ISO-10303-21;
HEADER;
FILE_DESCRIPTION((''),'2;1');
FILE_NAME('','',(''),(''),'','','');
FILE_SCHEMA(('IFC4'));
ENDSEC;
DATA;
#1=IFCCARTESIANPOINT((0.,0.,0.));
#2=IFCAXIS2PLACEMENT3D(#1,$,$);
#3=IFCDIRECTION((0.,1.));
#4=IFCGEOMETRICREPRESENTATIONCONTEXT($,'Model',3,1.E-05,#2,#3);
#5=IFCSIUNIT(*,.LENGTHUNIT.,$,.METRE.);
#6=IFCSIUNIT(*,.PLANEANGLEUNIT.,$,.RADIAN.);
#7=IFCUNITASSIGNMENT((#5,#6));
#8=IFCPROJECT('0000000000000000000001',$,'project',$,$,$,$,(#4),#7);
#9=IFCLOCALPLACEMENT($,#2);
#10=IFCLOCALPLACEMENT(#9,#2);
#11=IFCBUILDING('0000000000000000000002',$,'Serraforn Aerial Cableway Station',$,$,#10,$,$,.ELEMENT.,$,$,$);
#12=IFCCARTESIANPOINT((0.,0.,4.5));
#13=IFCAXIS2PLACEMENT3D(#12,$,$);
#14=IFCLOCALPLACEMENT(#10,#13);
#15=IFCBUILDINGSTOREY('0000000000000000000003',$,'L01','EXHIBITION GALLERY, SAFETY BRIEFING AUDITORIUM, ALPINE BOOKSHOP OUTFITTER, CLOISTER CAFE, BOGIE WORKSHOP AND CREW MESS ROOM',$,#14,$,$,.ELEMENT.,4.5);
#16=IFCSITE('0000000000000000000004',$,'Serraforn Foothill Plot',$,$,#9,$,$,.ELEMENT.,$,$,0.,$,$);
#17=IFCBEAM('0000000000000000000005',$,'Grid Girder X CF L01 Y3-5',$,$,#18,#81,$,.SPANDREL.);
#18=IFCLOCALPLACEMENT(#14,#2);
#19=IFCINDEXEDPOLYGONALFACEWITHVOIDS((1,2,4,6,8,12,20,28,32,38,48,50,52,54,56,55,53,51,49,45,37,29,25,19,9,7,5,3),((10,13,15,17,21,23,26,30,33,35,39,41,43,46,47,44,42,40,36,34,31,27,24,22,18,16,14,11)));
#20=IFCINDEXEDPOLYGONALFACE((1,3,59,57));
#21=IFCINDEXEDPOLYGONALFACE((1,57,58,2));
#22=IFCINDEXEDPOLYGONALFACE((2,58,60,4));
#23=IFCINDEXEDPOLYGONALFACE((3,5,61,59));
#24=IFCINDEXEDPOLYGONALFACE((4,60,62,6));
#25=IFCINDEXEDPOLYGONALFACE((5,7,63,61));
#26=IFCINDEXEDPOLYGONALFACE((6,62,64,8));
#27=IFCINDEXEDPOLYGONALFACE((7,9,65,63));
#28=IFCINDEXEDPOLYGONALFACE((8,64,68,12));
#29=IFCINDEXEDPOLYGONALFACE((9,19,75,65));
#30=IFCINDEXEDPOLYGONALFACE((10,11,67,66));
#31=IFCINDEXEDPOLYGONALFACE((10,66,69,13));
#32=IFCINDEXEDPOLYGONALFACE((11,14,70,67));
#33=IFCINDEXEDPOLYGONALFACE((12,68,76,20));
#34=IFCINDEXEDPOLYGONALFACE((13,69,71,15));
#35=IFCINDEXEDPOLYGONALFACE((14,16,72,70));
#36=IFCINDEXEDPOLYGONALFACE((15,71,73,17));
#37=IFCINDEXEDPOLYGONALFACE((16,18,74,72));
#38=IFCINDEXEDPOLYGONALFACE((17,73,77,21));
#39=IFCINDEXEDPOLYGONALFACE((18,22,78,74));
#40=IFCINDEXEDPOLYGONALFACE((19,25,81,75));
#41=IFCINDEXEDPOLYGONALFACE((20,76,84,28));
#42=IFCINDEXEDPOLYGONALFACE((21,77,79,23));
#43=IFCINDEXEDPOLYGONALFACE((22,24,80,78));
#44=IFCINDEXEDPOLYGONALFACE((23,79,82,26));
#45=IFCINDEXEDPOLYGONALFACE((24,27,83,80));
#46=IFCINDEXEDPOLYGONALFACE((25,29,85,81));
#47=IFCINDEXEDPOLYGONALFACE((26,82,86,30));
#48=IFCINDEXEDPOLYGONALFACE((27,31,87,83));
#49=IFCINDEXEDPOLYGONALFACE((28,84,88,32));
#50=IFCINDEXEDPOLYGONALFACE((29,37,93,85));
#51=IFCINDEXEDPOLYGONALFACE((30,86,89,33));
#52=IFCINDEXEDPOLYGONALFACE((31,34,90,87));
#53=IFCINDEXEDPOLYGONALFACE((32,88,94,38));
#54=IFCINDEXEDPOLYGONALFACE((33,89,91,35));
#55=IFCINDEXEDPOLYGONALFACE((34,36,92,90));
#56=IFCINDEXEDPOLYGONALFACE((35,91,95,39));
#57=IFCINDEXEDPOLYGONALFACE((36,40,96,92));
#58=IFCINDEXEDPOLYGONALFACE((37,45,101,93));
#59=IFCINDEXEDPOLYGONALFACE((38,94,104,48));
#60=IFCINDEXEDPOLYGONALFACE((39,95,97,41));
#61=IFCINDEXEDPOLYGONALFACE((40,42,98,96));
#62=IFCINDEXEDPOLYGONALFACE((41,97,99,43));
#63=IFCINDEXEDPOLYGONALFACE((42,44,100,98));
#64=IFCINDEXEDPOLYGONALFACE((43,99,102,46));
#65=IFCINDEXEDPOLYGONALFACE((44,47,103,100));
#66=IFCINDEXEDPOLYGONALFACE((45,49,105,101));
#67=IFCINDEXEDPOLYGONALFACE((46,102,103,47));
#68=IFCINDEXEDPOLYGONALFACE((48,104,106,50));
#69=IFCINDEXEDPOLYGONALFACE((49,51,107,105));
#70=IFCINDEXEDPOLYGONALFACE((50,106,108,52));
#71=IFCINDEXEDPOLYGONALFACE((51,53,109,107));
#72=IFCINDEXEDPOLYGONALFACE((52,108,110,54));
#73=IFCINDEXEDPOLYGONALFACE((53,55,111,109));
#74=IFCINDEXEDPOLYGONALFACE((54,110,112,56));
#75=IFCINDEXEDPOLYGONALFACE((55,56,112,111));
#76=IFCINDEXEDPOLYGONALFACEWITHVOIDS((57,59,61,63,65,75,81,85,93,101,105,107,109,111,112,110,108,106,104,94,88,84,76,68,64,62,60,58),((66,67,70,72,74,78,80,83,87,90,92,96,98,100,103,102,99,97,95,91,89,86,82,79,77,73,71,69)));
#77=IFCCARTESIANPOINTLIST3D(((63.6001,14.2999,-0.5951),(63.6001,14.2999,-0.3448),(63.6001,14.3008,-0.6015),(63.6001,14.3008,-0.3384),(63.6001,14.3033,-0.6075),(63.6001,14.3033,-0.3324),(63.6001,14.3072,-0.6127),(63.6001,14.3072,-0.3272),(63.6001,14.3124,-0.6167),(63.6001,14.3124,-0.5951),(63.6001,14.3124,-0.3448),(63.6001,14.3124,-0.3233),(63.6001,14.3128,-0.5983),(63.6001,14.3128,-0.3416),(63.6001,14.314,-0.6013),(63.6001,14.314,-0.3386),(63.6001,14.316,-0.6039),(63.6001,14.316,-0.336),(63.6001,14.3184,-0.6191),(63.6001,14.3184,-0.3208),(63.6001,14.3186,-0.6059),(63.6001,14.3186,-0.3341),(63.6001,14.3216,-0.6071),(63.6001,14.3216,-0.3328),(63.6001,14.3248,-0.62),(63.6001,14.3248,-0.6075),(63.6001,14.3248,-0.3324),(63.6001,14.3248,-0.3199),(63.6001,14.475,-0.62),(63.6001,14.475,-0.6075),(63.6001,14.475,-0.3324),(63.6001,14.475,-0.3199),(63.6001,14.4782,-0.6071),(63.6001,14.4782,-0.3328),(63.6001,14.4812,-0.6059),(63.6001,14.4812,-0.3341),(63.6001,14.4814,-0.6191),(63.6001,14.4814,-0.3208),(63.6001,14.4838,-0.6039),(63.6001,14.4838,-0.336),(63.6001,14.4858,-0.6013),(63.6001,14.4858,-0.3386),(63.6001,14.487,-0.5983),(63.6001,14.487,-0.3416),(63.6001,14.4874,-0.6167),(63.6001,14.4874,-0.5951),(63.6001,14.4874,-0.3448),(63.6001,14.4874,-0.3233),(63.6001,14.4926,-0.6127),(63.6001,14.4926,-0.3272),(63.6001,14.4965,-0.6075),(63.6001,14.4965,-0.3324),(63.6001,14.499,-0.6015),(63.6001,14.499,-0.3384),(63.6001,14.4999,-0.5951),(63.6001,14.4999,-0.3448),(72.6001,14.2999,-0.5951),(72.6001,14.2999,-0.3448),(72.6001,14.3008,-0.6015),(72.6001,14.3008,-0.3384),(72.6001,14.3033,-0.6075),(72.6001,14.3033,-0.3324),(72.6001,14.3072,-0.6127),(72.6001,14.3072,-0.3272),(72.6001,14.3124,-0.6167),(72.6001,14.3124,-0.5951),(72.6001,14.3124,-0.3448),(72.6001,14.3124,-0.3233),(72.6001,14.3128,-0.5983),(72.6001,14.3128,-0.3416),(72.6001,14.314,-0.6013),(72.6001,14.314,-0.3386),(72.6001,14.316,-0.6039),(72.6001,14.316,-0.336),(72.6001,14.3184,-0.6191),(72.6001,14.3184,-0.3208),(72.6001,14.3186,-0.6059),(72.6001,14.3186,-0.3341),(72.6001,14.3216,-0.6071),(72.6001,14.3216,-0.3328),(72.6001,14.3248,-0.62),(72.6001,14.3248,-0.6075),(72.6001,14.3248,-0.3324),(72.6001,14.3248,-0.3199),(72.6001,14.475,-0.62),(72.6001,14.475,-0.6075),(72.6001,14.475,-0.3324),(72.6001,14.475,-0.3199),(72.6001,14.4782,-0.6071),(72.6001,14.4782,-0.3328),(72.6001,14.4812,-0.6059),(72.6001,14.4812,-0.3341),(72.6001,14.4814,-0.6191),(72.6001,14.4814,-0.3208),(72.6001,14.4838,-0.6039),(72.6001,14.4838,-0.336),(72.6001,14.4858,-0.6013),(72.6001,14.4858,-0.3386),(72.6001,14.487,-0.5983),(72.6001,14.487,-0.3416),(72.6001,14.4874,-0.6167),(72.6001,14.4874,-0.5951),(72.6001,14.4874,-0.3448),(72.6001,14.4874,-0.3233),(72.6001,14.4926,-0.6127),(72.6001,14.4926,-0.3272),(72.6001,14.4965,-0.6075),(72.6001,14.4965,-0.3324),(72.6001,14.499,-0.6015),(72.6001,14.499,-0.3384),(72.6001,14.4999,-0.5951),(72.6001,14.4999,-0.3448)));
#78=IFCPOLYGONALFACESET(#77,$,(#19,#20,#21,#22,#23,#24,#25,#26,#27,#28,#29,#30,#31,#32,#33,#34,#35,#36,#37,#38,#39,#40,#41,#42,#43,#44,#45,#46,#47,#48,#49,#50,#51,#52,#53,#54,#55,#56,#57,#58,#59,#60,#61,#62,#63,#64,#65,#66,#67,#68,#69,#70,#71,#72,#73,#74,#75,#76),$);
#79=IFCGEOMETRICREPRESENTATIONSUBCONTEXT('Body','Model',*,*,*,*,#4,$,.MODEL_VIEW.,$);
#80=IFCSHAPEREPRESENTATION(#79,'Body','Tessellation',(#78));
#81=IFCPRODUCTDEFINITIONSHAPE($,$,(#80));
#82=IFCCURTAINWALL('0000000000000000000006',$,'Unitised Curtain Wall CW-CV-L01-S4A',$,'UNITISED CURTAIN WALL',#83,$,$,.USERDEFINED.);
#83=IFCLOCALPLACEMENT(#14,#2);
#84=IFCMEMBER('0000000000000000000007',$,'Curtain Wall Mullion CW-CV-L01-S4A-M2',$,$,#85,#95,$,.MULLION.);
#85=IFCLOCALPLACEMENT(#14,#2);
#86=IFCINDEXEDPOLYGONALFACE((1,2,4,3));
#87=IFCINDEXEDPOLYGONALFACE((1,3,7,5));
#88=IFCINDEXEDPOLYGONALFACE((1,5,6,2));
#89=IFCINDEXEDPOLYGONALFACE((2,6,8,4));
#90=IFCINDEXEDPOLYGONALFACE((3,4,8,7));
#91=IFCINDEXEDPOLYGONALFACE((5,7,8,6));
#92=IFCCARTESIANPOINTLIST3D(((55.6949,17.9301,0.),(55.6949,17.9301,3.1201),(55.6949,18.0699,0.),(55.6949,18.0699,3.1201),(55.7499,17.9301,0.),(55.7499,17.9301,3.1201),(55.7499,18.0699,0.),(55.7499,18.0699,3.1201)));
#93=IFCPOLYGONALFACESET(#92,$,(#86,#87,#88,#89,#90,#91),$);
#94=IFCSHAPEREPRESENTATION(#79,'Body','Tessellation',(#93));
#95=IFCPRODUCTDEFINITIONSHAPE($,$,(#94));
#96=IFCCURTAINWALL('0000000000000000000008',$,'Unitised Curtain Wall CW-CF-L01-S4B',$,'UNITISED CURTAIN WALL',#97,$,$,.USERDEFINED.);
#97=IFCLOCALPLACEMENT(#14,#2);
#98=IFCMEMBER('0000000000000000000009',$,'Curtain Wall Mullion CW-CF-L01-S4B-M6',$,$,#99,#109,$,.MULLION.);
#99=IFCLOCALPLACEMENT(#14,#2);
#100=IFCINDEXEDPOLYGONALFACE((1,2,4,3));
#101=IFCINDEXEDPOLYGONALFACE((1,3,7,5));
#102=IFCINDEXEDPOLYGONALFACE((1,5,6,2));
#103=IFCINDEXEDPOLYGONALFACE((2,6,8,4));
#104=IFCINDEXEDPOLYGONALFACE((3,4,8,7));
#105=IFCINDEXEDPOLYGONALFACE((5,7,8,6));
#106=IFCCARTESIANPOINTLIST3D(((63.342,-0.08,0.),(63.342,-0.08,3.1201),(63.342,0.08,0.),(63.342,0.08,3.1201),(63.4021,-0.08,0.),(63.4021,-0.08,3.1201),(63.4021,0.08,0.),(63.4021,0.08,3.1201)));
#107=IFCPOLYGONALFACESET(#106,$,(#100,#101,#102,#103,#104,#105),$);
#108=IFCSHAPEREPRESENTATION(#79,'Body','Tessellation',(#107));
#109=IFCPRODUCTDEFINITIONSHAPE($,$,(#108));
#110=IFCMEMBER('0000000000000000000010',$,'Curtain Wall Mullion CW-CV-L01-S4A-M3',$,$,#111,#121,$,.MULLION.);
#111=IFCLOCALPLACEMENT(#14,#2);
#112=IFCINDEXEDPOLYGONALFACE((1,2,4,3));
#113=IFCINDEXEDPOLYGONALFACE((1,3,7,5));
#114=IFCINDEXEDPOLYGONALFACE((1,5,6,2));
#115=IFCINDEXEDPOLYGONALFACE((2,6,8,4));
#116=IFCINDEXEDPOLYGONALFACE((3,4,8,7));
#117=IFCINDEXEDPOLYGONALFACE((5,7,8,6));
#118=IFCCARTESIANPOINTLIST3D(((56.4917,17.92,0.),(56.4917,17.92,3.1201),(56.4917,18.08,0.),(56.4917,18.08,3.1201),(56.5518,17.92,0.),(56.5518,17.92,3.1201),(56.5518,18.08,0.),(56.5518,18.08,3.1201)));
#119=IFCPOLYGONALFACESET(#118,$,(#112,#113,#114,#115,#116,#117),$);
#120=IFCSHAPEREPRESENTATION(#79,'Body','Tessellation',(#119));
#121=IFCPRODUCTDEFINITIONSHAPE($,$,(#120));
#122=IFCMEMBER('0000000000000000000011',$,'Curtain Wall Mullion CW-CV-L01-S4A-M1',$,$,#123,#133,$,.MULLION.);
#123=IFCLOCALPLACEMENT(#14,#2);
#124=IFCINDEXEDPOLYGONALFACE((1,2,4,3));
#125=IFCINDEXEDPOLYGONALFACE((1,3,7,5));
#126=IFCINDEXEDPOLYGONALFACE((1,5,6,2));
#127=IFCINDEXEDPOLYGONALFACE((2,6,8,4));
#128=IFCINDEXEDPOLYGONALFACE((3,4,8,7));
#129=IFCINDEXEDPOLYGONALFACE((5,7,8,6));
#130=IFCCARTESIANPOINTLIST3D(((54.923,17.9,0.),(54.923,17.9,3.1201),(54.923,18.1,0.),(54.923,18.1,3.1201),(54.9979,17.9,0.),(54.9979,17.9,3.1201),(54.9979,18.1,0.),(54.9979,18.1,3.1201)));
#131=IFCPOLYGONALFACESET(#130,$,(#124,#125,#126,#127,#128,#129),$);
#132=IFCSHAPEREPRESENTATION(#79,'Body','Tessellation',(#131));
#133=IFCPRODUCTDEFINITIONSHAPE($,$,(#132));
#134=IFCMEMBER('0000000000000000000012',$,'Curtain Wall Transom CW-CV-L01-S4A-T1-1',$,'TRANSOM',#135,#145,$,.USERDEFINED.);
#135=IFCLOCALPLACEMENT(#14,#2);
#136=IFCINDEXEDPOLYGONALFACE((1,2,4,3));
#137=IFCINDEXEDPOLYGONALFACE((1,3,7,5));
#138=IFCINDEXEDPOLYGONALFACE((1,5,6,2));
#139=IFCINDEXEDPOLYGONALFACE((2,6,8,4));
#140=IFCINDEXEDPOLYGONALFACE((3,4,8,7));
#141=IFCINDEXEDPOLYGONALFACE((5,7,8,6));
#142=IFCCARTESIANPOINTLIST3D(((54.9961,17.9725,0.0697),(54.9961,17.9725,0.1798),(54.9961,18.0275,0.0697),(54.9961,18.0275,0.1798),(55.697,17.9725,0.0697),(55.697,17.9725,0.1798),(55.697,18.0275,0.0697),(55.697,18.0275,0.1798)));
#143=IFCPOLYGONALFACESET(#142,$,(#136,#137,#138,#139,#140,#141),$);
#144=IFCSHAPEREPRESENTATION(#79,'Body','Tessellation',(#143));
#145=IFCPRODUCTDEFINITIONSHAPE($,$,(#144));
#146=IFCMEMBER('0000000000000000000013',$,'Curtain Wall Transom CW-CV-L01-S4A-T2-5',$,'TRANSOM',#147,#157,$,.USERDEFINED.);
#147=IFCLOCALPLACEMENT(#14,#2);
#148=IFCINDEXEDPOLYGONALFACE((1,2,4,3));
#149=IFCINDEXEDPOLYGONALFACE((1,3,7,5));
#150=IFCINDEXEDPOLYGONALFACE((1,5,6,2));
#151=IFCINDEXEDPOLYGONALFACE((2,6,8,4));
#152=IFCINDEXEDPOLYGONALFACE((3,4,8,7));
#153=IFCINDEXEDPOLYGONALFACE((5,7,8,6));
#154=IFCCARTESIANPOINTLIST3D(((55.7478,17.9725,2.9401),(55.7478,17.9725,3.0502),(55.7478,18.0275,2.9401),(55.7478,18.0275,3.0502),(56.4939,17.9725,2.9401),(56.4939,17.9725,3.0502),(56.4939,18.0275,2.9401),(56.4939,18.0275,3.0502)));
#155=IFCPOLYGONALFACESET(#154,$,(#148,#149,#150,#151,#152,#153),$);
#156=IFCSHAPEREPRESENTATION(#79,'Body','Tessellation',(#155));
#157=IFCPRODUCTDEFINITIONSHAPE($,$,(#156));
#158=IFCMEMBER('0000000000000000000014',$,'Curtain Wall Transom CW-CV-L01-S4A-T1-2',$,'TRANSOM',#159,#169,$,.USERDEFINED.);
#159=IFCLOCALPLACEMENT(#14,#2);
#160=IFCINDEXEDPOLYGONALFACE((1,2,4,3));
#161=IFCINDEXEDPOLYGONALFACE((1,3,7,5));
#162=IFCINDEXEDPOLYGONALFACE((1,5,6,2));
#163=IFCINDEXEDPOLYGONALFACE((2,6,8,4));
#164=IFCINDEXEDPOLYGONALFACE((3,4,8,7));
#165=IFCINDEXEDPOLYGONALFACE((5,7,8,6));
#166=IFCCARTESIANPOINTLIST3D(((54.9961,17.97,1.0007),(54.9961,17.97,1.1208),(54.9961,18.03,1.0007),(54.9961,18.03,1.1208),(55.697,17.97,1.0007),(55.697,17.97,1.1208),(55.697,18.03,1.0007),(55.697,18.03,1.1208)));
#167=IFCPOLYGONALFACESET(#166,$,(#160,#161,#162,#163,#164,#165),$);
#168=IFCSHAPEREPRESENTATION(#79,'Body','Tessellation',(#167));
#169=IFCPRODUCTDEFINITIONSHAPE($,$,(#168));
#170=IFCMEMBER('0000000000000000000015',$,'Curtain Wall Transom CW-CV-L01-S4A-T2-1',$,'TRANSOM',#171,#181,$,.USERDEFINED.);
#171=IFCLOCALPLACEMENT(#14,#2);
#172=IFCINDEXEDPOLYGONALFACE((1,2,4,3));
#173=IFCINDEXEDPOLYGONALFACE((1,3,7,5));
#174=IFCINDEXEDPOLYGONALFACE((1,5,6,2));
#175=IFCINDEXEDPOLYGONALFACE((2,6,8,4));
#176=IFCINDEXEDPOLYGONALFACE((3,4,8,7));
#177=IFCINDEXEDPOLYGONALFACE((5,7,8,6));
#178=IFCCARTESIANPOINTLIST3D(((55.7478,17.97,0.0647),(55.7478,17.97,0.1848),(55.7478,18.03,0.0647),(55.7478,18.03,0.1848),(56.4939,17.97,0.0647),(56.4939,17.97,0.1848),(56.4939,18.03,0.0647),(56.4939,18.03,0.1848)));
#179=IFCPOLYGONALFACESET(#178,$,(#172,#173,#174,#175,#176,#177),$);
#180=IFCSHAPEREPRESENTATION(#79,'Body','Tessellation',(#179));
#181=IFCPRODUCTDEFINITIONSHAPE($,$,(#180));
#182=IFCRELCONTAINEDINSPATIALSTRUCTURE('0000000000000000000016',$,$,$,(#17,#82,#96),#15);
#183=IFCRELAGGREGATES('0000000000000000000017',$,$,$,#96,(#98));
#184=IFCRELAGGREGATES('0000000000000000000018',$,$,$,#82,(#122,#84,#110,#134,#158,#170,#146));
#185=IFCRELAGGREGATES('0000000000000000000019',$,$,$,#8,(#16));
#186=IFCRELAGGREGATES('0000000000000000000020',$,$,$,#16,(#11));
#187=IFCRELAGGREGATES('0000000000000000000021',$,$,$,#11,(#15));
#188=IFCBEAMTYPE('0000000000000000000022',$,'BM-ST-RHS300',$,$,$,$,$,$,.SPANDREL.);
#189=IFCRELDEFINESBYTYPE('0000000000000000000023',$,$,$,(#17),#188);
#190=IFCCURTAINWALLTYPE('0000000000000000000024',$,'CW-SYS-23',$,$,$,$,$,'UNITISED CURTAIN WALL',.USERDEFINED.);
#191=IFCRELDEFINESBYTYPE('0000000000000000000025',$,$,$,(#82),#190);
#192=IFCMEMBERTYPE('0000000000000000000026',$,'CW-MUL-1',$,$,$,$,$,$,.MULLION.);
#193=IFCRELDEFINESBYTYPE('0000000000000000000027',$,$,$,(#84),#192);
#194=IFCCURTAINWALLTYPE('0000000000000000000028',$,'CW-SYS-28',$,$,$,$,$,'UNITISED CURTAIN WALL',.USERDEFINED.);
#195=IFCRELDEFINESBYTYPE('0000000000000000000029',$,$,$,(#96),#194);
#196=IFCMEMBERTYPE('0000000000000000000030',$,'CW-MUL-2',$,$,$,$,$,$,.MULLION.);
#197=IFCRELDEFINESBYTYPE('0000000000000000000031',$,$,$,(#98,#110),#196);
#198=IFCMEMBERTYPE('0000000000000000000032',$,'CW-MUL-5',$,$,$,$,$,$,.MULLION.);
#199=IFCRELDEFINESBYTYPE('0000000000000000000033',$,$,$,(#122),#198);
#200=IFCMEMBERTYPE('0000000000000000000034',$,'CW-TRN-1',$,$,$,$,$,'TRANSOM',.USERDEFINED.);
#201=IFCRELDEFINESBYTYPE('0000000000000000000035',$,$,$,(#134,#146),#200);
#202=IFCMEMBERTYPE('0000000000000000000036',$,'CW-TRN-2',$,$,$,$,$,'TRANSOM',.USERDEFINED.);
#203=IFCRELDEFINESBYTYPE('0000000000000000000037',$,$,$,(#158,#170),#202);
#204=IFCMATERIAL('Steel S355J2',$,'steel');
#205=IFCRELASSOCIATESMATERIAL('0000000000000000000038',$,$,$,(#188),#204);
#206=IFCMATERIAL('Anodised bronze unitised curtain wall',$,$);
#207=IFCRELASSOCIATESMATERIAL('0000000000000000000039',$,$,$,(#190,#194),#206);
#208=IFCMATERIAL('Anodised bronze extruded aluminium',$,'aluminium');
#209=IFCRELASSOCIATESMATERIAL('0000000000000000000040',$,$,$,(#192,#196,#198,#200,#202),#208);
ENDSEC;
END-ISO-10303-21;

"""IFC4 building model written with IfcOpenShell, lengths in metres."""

from ifc_helpers import new_model, si_unit, direction, frame, origin, origin_2d, place, context, subcontext, project, spatial, rectangle, hollow_rectangle, extrude, material, material_profile, profile_set, type_object, element, aggregate, save


model = new_model("IFC4")

# Units and contexts
model_context = context("Model", 3, precision=1e-05, world=origin(), true_north=direction((0.0, 1.0)))
body_context = subcontext(model_context, "Body", "Model", "MODEL_VIEW")
ifc_project = project(units=[si_unit("LENGTHUNIT", "METRE"), si_unit("PLANEANGLEUNIT", "RADIAN")], contexts=[model_context])

# Site, building, storey
site_placement = place(None, origin())
site = spatial("IfcSite", under=ifc_project, at=site_placement, Name="Serraforn Foothill Plot", CompositionType="ELEMENT", RefElevation=0.0)
building_placement = place(site_placement, origin())
building = spatial("IfcBuilding", under=site, at=building_placement, Name="Serraforn Aerial Cableway Station", CompositionType="ELEMENT")
storey_placement = place(building_placement, frame((0.0, 0.0, 4.5)))
storey = spatial("IfcBuildingStorey", under=building, at=storey_placement, Name="L01", Description="EXHIBITION GALLERY, SAFETY BRIEFING AUDITORIUM, ALPINE BOOKSHOP OUTFITTER, CLOISTER CAFE, BOGIE WORKSHOP AND CREW MESS ROOM", CompositionType="ELEMENT", Elevation=4.5)

# Shared definitions
ifc_material_1 = material(Name="Steel S355J2", Category="steel")

# Beam
ifc_material_profile_1 = material_profile(ifc_material_1, hollow_rectangle(XDim=0.2, YDim=0.3, WallThickness=0.0125, InnerFilletRadius=0.0125, OuterFilletRadius=0.0249, at=origin_2d()), Name="RHS 300x200x12.5")
ifc_profile_set_1 = profile_set([ifc_material_profile_1], Name="Steel S355J2")
beam_type_1 = type_object("IfcBeamType", Name="BM-ST-RHS300", PredefinedType="SPANDREL", material=ifc_profile_set_1)
beam_1_placement = place(storey_placement, frame((63.6001, 14.3999, -0.47), z_axis=(1.0, 0.0, 0.0), x_axis=(0.0, 1.0, 0.0)))
element("IfcBeam", 1, at=beam_1_placement, inside=storey, type_object=beam_type_1, Name="Grid Girder X CF L01 Y3-5", PredefinedType="SPANDREL", context=body_context, shape_type="SweptSolid", body=[
    extrude(hollow_rectangle(XDim=0.2, YDim=0.3, WallThickness=0.0125, InnerFilletRadius=0.0125, OuterFilletRadius=0.0249, at=origin_2d()), origin(), (0.0, 0.0, 1.0), 9.0),
])

# Curtain walls, members
ifc_material_2 = material(Name="Anodised bronze unitised curtain wall")
curtain_wall_type_1 = type_object("IfcCurtainWallType", Name="CW-SYS-23", ElementType="UNITISED CURTAIN WALL", PredefinedType="USERDEFINED", material=ifc_material_2)
curtain_wall_1_placement = place(storey_placement, origin())
curtain_wall_1 = element("IfcCurtainWall", 2, at=curtain_wall_1_placement, inside=storey, type_object=curtain_wall_type_1, Name="Unitised Curtain Wall CW-CV-L01-S4A", ObjectType="UNITISED CURTAIN WALL", PredefinedType="USERDEFINED")
ifc_material_3 = material(Name="Anodised bronze extruded aluminium", Category="aluminium")
ifc_material_profile_2 = material_profile(ifc_material_3, rectangle(XDim=0.0549, YDim=0.1399, at=origin_2d()), Name="CW MULLION 55x140")
ifc_profile_set_2 = profile_set([ifc_material_profile_2], Name="Anodised bronze extruded aluminium")
member_type_1 = type_object("IfcMemberType", Name="CW-MUL-1", PredefinedType="MULLION", material=ifc_profile_set_2)
member_1_placement = place(storey_placement, frame((55.7224, 18.0, 0.0), z_axis=(0.0, 0.0, 1.0), x_axis=(1.0, 0.0, 0.0)))
member_1 = element("IfcMember", 3, at=member_1_placement, type_object=member_type_1, Name="Curtain Wall Mullion CW-CV-L01-S4A-M2", PredefinedType="MULLION", context=body_context, shape_type="SweptSolid", body=[
    extrude(rectangle(XDim=0.0549, YDim=0.1399, at=origin_2d()), origin(), (0.0, 0.0, 1.0), 3.1201),
])
curtain_wall_type_2 = type_object("IfcCurtainWallType", Name="CW-SYS-28", ElementType="UNITISED CURTAIN WALL", PredefinedType="USERDEFINED", material=ifc_material_2)
curtain_wall_2_placement = place(storey_placement, origin())
curtain_wall_2 = element("IfcCurtainWall", 4, at=curtain_wall_2_placement, inside=storey, type_object=curtain_wall_type_2, Name="Unitised Curtain Wall CW-CF-L01-S4B", ObjectType="UNITISED CURTAIN WALL", PredefinedType="USERDEFINED")
ifc_material_profile_3 = material_profile(ifc_material_3, rectangle(XDim=0.0601, YDim=0.1599, at=origin_2d()), Name="CW MULLION 60x160")
ifc_profile_set_3 = profile_set([ifc_material_profile_3], Name="Anodised bronze extruded aluminium")
member_type_2 = type_object("IfcMemberType", Name="CW-MUL-2", PredefinedType="MULLION", material=ifc_profile_set_3)
member_2_placement = place(storey_placement, frame((63.3721, 0.0, 0.0), z_axis=(0.0, 0.0, 1.0), x_axis=(1.0, 0.0, 0.0)))
member_2 = element("IfcMember", 5, at=member_2_placement, type_object=member_type_2, Name="Curtain Wall Mullion CW-CF-L01-S4B-M6", PredefinedType="MULLION", context=body_context, shape_type="SweptSolid", body=[
    extrude(rectangle(XDim=0.0601, YDim=0.1599, at=origin_2d()), origin(), (0.0, 0.0, 1.0), 3.1201),
])

# Members
member_3_placement = place(storey_placement, frame((56.5217, 18.0, 0.0), z_axis=(0.0, 0.0, 1.0), x_axis=(1.0, 0.0, 0.0)))
member_3 = element("IfcMember", 6, at=member_3_placement, type_object=member_type_2, Name="Curtain Wall Mullion CW-CV-L01-S4A-M3", PredefinedType="MULLION", context=body_context, shape_type="SweptSolid", body=[
    extrude(rectangle(XDim=0.0601, YDim=0.1599, at=origin_2d()), origin(), (0.0, 0.0, 1.0), 3.1201),
])
ifc_material_profile_4 = material_profile(ifc_material_3, rectangle(XDim=0.075, YDim=0.2, at=origin_2d()), Name="CW MULLION 75x200")
ifc_profile_set_4 = profile_set([ifc_material_profile_4], Name="Anodised bronze extruded aluminium")
member_type_3 = type_object("IfcMemberType", Name="CW-MUL-5", PredefinedType="MULLION", material=ifc_profile_set_4)
member_4_placement = place(storey_placement, frame((54.9604, 18.0, 0.0), z_axis=(0.0, 0.0, 1.0), x_axis=(1.0, 0.0, 0.0)))
member_4 = element("IfcMember", 7, at=member_4_placement, type_object=member_type_3, Name="Curtain Wall Mullion CW-CV-L01-S4A-M1", PredefinedType="MULLION", context=body_context, shape_type="SweptSolid", body=[
    extrude(rectangle(XDim=0.075, YDim=0.2, at=origin_2d()), origin(), (0.0, 0.0, 1.0), 3.1201),
])
ifc_material_profile_5 = material_profile(ifc_material_3, rectangle(XDim=0.0549, YDim=0.1101, at=origin_2d()), Name="CW TRANSOM 55x110")
ifc_profile_set_5 = profile_set([ifc_material_profile_5], Name="Anodised bronze extruded aluminium")
member_type_4 = type_object("IfcMemberType", Name="CW-TRN-1", ElementType="TRANSOM", PredefinedType="USERDEFINED", material=ifc_profile_set_5)
member_5_placement = place(storey_placement, frame((54.9961, 18.0, 0.1248), z_axis=(1.0, 0.0, 0.0), x_axis=(0.0, 1.0, 0.0)))
member_5 = element("IfcMember", 8, at=member_5_placement, type_object=member_type_4, Name="Curtain Wall Transom CW-CV-L01-S4A-T1-1", ObjectType="TRANSOM", PredefinedType="USERDEFINED", context=body_context, shape_type="SweptSolid", body=[
    extrude(rectangle(XDim=0.0549, YDim=0.1101, at=origin_2d()), origin(), (0.0, 0.0, 1.0), 0.7009),
])
member_6_placement = place(storey_placement, frame((55.7478, 18.0, 2.9951), z_axis=(1.0, 0.0, 0.0), x_axis=(0.0, 1.0, 0.0)))
member_6 = element("IfcMember", 9, at=member_6_placement, type_object=member_type_4, Name="Curtain Wall Transom CW-CV-L01-S4A-T2-5", ObjectType="TRANSOM", PredefinedType="USERDEFINED", context=body_context, shape_type="SweptSolid", body=[
    extrude(rectangle(XDim=0.0549, YDim=0.1101, at=origin_2d()), origin(), (0.0, 0.0, 1.0), 0.7461),
])
ifc_material_profile_6 = material_profile(ifc_material_3, rectangle(XDim=0.0601, YDim=0.1201, at=origin_2d()), Name="CW TRANSOM 60x120")
ifc_profile_set_6 = profile_set([ifc_material_profile_6], Name="Anodised bronze extruded aluminium")
member_type_5 = type_object("IfcMemberType", Name="CW-TRN-2", ElementType="TRANSOM", PredefinedType="USERDEFINED", material=ifc_profile_set_6)
member_7_placement = place(storey_placement, frame((54.9961, 18.0, 1.0608), z_axis=(1.0, 0.0, 0.0), x_axis=(0.0, 1.0, 0.0)))
member_7 = element("IfcMember", 10, at=member_7_placement, type_object=member_type_5, Name="Curtain Wall Transom CW-CV-L01-S4A-T1-2", ObjectType="TRANSOM", PredefinedType="USERDEFINED", context=body_context, shape_type="SweptSolid", body=[
    extrude(rectangle(XDim=0.0601, YDim=0.1201, at=origin_2d()), origin(), (0.0, 0.0, 1.0), 0.7009),
])
member_8_placement = place(storey_placement, frame((55.7478, 18.0, 0.1248), z_axis=(1.0, 0.0, 0.0), x_axis=(0.0, 1.0, 0.0)))
member_8 = element("IfcMember", 11, at=member_8_placement, type_object=member_type_5, Name="Curtain Wall Transom CW-CV-L01-S4A-T2-1", ObjectType="TRANSOM", PredefinedType="USERDEFINED", context=body_context, shape_type="SweptSolid", body=[
    extrude(rectangle(XDim=0.0601, YDim=0.1201, at=origin_2d()), origin(), (0.0, 0.0, 1.0), 0.7461),
])

aggregate(curtain_wall_2, [member_2])
aggregate(curtain_wall_1, [member_4, member_1, member_3, member_5, member_7, member_8, member_6])

save(model, "model.ifc")
